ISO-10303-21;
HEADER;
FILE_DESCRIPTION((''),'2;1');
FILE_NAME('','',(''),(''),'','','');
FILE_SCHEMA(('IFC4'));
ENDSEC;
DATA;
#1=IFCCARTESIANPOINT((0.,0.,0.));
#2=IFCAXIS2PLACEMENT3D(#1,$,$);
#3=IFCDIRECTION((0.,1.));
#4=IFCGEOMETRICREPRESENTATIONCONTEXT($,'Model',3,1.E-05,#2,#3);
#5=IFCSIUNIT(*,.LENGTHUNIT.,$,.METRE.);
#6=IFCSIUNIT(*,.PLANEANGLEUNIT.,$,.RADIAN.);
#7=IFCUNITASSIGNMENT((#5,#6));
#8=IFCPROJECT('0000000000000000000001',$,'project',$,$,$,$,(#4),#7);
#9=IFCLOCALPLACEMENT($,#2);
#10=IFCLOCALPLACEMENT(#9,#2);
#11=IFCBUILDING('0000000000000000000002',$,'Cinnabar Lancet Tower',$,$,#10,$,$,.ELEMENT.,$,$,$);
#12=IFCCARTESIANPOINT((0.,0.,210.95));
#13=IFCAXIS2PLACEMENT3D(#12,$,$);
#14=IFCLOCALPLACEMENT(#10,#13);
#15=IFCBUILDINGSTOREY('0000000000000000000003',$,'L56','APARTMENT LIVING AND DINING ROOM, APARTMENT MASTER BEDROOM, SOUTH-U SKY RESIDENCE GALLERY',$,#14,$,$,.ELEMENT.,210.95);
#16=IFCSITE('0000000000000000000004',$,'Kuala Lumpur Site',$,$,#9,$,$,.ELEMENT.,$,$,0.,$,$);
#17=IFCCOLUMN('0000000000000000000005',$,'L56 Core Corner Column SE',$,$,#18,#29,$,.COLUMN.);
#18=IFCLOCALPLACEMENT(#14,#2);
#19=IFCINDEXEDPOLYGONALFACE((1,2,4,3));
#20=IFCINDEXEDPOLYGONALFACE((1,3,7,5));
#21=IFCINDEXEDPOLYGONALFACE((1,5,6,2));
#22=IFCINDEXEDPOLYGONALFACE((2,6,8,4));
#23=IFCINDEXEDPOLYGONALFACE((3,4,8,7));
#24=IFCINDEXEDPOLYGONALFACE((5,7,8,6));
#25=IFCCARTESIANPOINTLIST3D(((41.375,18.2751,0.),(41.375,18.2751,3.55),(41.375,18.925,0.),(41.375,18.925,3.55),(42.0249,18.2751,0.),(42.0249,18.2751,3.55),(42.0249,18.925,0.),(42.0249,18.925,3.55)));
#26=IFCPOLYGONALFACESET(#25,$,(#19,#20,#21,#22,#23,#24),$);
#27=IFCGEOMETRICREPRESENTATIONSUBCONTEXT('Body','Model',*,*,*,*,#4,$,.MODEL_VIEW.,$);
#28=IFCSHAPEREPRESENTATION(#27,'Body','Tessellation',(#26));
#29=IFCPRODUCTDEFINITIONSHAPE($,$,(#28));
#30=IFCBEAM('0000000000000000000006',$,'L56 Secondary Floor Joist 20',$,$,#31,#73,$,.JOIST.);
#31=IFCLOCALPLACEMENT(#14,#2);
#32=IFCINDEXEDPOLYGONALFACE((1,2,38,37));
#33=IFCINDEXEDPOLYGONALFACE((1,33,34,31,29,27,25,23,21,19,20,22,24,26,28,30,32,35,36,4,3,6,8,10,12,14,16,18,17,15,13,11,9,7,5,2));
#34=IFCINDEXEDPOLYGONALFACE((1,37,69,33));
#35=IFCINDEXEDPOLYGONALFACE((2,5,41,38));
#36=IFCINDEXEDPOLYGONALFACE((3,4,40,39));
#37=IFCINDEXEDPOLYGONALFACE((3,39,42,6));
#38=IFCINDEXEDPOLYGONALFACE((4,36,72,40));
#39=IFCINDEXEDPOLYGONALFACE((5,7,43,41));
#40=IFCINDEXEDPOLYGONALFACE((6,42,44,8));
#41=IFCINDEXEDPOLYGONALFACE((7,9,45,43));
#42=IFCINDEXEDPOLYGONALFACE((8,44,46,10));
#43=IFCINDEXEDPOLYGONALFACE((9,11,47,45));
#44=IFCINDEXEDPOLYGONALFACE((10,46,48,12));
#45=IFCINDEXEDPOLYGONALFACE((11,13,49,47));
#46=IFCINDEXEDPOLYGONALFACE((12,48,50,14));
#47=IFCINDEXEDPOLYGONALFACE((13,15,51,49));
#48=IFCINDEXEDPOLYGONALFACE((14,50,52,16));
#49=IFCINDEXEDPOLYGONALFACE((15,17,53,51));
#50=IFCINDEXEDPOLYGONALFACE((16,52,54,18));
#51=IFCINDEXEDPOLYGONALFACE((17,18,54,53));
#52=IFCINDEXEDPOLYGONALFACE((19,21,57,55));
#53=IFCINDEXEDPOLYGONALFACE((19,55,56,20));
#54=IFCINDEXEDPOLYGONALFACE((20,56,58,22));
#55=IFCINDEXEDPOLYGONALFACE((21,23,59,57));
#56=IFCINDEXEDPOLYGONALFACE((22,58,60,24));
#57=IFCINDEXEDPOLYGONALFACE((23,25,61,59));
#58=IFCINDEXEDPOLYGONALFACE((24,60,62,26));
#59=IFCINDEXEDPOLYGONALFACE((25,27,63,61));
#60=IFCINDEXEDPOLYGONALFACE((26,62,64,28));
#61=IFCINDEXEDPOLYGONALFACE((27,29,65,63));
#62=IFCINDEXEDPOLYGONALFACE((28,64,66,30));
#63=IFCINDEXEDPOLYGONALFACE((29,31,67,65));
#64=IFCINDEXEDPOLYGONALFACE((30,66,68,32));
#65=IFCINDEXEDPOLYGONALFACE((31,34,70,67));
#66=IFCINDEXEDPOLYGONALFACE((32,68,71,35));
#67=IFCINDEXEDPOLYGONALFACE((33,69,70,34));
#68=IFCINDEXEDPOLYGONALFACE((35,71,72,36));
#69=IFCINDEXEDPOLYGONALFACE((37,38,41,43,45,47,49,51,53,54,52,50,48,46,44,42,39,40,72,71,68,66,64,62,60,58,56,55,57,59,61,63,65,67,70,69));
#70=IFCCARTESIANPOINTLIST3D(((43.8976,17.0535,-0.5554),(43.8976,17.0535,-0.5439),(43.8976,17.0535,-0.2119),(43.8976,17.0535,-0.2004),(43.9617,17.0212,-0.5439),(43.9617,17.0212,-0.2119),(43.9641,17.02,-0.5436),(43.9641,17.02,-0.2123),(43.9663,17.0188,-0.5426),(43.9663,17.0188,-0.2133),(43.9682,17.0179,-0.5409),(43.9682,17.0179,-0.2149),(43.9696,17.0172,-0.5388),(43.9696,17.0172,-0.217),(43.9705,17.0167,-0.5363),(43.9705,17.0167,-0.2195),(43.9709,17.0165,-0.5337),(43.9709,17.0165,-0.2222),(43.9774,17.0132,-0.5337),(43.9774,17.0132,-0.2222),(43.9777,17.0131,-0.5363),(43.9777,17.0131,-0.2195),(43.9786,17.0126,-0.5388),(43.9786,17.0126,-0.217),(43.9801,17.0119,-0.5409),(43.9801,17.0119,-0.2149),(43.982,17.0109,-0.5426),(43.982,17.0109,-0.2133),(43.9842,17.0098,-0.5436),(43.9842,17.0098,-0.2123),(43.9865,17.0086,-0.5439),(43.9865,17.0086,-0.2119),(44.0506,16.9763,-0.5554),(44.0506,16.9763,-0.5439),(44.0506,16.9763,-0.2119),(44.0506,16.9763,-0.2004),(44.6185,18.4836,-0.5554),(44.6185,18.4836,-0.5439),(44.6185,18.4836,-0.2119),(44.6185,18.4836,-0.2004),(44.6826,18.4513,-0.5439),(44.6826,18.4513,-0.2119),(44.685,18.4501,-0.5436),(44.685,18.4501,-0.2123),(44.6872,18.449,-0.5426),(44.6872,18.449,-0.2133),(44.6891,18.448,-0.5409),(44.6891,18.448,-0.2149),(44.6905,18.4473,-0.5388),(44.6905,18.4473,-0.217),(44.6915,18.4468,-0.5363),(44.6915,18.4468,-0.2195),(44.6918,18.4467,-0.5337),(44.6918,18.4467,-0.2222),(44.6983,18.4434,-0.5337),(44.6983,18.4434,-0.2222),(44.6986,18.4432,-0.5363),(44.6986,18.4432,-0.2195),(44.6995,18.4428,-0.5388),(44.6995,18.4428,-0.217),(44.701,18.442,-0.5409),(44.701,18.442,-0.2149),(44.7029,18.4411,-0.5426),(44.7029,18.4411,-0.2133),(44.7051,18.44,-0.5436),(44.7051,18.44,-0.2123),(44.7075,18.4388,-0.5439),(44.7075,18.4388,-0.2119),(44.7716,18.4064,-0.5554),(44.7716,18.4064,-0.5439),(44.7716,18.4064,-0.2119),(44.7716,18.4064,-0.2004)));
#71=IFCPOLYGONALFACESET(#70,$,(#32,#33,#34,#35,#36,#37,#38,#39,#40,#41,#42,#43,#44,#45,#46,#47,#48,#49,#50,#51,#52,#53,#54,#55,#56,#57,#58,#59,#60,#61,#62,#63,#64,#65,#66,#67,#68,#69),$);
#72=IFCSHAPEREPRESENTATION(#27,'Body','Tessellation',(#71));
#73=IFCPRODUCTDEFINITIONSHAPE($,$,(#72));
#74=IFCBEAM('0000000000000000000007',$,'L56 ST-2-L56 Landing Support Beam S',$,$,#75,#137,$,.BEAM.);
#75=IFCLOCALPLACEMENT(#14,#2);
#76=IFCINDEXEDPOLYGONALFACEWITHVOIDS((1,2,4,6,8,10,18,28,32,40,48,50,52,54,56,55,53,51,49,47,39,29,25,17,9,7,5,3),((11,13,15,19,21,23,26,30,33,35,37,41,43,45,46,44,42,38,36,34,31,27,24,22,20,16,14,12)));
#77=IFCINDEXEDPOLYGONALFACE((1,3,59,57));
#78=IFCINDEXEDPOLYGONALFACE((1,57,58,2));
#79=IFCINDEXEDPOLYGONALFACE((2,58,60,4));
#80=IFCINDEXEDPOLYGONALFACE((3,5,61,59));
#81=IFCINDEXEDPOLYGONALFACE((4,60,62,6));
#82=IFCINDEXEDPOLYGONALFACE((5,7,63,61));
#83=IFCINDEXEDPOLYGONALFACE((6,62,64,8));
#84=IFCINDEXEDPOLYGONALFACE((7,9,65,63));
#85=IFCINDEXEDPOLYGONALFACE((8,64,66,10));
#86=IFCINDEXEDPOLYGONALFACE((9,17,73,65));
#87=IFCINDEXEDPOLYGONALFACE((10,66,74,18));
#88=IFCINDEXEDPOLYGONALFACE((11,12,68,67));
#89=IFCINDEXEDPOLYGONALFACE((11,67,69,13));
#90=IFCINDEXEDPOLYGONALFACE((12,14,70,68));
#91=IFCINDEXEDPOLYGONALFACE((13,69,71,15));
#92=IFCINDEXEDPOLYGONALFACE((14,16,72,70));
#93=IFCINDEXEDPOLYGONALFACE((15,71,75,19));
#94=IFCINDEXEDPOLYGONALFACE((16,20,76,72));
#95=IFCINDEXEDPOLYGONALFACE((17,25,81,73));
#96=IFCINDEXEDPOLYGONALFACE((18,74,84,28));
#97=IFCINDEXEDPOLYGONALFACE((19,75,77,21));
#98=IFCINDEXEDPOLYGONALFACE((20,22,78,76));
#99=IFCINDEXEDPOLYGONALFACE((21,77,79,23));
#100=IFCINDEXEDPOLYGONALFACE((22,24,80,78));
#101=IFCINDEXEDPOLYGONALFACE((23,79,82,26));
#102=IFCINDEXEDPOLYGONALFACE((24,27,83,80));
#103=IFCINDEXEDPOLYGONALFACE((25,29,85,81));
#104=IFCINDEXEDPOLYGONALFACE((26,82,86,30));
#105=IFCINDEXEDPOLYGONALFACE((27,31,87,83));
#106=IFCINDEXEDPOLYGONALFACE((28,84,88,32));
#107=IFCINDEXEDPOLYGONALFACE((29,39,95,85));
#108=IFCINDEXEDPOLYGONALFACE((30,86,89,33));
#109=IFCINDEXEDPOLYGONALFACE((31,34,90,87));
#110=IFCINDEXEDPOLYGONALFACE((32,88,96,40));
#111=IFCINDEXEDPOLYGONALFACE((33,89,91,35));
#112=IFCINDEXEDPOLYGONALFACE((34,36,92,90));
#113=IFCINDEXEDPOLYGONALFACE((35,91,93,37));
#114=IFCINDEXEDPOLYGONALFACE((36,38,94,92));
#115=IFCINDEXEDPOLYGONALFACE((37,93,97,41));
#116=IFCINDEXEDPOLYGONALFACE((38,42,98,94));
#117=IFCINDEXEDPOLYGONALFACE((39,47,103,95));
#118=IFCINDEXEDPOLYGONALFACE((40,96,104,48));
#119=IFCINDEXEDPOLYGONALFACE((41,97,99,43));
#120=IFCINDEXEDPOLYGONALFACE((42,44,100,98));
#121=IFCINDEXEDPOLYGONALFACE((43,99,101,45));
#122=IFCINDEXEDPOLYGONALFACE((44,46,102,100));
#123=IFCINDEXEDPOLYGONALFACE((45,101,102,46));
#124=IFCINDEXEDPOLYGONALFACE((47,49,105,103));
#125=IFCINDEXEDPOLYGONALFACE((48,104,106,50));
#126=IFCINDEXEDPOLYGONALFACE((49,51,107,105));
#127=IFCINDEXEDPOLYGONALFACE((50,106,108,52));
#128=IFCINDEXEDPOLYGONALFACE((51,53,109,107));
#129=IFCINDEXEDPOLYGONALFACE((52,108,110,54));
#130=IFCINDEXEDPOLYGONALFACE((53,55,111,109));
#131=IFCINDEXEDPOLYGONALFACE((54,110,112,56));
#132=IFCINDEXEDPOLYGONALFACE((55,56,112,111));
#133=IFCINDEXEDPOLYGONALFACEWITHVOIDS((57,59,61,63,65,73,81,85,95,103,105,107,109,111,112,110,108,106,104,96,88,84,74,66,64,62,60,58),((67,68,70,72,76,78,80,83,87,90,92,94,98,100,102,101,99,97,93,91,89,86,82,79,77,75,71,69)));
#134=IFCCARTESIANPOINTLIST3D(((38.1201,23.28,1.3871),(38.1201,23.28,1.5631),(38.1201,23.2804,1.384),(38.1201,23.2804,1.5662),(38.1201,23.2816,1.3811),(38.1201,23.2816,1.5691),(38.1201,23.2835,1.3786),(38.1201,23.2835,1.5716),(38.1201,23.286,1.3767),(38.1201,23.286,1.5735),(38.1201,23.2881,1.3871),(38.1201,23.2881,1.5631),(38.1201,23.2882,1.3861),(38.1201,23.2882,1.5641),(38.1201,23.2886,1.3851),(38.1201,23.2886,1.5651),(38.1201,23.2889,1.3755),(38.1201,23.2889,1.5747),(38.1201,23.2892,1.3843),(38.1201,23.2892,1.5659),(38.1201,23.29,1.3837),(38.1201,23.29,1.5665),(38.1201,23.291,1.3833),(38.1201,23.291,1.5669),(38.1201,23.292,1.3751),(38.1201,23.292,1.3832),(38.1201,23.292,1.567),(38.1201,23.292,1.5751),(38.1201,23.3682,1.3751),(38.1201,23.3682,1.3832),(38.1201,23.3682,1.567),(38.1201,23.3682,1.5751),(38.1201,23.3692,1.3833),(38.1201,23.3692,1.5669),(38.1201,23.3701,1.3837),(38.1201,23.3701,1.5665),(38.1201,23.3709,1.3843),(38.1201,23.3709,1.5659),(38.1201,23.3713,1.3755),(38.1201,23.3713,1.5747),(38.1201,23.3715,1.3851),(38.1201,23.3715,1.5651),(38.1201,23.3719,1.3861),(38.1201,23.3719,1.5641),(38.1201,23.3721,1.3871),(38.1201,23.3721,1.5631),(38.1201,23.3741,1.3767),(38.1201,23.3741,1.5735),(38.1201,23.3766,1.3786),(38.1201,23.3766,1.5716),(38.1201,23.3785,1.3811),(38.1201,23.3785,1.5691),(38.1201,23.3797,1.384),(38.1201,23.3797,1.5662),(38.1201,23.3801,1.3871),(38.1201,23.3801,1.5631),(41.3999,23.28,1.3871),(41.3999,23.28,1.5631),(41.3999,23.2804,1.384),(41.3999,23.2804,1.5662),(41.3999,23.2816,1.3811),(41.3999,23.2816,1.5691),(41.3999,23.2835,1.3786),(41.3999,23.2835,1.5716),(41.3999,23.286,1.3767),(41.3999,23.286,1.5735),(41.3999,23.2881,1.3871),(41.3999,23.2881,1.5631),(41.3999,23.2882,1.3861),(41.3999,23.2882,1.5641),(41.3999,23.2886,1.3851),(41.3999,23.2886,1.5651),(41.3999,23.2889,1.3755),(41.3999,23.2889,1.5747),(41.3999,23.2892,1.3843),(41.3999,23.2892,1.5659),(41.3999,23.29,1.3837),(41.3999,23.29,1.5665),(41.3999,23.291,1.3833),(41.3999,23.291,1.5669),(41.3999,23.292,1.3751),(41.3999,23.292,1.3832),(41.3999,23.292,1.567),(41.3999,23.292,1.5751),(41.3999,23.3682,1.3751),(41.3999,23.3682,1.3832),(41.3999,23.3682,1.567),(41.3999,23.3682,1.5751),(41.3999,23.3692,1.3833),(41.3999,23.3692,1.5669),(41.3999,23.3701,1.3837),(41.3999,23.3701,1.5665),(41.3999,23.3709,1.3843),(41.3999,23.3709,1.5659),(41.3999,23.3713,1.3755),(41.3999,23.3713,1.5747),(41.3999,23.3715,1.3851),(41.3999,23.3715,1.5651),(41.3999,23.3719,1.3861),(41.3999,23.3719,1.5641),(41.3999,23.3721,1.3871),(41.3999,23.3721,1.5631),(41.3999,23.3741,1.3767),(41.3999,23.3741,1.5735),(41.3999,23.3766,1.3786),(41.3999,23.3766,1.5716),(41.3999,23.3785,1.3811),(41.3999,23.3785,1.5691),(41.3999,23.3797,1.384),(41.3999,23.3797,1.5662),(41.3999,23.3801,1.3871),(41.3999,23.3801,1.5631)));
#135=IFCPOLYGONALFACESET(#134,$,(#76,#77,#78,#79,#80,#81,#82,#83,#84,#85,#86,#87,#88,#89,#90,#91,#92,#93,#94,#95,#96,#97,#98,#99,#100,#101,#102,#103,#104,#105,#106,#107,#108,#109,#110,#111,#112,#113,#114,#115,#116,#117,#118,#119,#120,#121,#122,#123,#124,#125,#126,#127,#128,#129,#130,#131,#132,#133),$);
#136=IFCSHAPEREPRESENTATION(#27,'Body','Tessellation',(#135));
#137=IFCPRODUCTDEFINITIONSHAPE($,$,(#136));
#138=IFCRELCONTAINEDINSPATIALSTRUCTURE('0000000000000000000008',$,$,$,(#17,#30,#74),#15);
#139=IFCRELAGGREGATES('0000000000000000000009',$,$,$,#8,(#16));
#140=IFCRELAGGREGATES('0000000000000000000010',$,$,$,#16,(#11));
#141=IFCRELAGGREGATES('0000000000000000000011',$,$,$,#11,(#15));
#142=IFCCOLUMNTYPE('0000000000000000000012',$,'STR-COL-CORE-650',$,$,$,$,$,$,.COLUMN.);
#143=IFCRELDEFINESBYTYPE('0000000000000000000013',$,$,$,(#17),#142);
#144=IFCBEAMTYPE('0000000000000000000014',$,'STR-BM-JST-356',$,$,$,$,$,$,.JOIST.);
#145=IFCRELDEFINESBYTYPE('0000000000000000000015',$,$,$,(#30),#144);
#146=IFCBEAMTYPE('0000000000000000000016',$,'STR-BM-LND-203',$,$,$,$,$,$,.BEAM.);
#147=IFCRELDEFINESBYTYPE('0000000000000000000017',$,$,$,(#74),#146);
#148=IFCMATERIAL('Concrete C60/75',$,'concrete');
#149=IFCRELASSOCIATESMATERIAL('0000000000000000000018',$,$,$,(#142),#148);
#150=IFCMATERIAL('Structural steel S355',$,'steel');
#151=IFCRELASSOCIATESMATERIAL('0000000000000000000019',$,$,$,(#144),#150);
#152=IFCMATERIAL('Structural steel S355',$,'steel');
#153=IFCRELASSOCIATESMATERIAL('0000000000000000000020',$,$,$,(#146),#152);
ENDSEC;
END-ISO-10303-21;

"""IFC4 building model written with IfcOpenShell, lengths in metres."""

from ifc_helpers import new_model, si_unit, direction, frame, origin, origin_2d, place, context, subcontext, project, spatial, rectangle, hollow_rectangle, i_section, extrude, material, material_profile, profile_set, type_object, element, save


model = new_model("IFC4")

# Units and contexts
model_context = context("Model", 3, precision=1e-05, world=origin(), true_north=direction((0.0, 1.0)))
body_context = subcontext(model_context, "Body", "Model", "MODEL_VIEW")
ifc_project = project(units=[si_unit("LENGTHUNIT", "METRE"), si_unit("PLANEANGLEUNIT", "RADIAN")], contexts=[model_context])

# Site, building, storey
site_placement = place(None, origin())
site = spatial("IfcSite", under=ifc_project, at=site_placement, Name="Kuala Lumpur Site", CompositionType="ELEMENT", RefElevation=0.0)
building_placement = place(site_placement, origin())
building = spatial("IfcBuilding", under=site, at=building_placement, Name="Cinnabar Lancet Tower", CompositionType="ELEMENT")
storey_placement = place(building_placement, frame((0.0, 0.0, 210.95)))
storey = spatial("IfcBuildingStorey", under=building, at=storey_placement, Name="L56", Description="APARTMENT LIVING AND DINING ROOM, APARTMENT MASTER BEDROOM, SOUTH-U SKY RESIDENCE GALLERY", CompositionType="ELEMENT", Elevation=210.95)

# Column
ifc_material_1 = material(Name="Concrete C60/75", Category="concrete")
ifc_material_profile_1 = material_profile(ifc_material_1, rectangle(XDim=0.6499, YDim=0.6499, at=origin_2d()), Name="RC-COL 650x650")
ifc_profile_set_1 = profile_set([ifc_material_profile_1], Name="Concrete C60/75")
column_type = type_object("IfcColumnType", Name="STR-COL-CORE-650", PredefinedType="COLUMN", material=ifc_profile_set_1)
column_placement = place(storey_placement, frame((41.7, 18.6001, 0.0), z_axis=(0.0, 0.0, 1.0), x_axis=(1.0, 0.0, 0.0)))
element("IfcColumn", 1, at=column_placement, inside=storey, type_object=column_type, Name="L56 Core Corner Column SE", PredefinedType="COLUMN", context=body_context, shape_type="SweptSolid", body=[
    extrude(rectangle(XDim=0.6499, YDim=0.6499, at=origin_2d()), origin(), (0.0, 0.0, 1.0), 3.55),
])

# Beams
ifc_material_2 = material(Name="Structural steel S355", Category="steel")
ifc_material_profile_2 = material_profile(ifc_material_2, i_section(OverallWidth=0.1714, OverallDepth=0.355, WebThickness=0.0073, FlangeThickness=0.0115, FilletRadius=0.0103, at=origin_2d()), Name="UKB 356x171x51")
ifc_profile_set_2 = profile_set([ifc_material_profile_2], Name="Structural steel S355")
beam_type_1 = type_object("IfcBeamType", Name="STR-BM-JST-356", PredefinedType="JOIST", material=ifc_profile_set_2)
beam_1_placement = place(storey_placement, frame((43.9741, 17.0149, -0.3779), z_axis=(0.450138, 0.892959, 0.0), x_axis=(-0.892959, 0.450138, 0.0)))
element("IfcBeam", 2, at=beam_1_placement, inside=storey, type_object=beam_type_1, Name="L56 Secondary Floor Joist 20", PredefinedType="JOIST", context=body_context, shape_type="SweptSolid", body=[
    extrude(i_section(OverallWidth=0.1714, OverallDepth=0.355, WebThickness=0.0073, FlangeThickness=0.0115, FilletRadius=0.0103, at=origin_2d()), origin(), (0.0, 0.0, 1.0), 1.6016),
])
ifc_material_3 = material(Name="Structural steel S355", Category="steel")
ifc_material_profile_3 = material_profile(ifc_material_3, hollow_rectangle(XDim=0.1001, YDim=0.2, WallThickness=0.0081, InnerFilletRadius=0.0039, OuterFilletRadius=0.012, at=origin_2d()), Name="RHS 200x100x8")
ifc_profile_set_3 = profile_set([ifc_material_profile_3], Name="Structural steel S355")
beam_type_2 = type_object("IfcBeamType", Name="STR-BM-LND-203", PredefinedType="BEAM", material=ifc_profile_set_3)
for number, where, z_axis, x_axis, name in (
    (3, (38.1201, 23.3301, 1.4751), (1.0, 0.0, 0.0), (0.0, 1.0, 0.0), "L56 ST-2-L56 Landing Support Beam S"),
):
    element("IfcBeam", number, at=place(storey_placement, frame(where, z_axis=z_axis, x_axis=x_axis)), inside=storey, type_object=beam_type_2, Name=name, PredefinedType="BEAM", context=body_context, shape_type="SweptSolid", body=[
        extrude(hollow_rectangle(XDim=0.1001, YDim=0.2, WallThickness=0.0081, InnerFilletRadius=0.0039, OuterFilletRadius=0.012, at=origin_2d()), origin(), (0.0, 0.0, 1.0), 3.2798),
    ])

save(model, "model.ifc")
